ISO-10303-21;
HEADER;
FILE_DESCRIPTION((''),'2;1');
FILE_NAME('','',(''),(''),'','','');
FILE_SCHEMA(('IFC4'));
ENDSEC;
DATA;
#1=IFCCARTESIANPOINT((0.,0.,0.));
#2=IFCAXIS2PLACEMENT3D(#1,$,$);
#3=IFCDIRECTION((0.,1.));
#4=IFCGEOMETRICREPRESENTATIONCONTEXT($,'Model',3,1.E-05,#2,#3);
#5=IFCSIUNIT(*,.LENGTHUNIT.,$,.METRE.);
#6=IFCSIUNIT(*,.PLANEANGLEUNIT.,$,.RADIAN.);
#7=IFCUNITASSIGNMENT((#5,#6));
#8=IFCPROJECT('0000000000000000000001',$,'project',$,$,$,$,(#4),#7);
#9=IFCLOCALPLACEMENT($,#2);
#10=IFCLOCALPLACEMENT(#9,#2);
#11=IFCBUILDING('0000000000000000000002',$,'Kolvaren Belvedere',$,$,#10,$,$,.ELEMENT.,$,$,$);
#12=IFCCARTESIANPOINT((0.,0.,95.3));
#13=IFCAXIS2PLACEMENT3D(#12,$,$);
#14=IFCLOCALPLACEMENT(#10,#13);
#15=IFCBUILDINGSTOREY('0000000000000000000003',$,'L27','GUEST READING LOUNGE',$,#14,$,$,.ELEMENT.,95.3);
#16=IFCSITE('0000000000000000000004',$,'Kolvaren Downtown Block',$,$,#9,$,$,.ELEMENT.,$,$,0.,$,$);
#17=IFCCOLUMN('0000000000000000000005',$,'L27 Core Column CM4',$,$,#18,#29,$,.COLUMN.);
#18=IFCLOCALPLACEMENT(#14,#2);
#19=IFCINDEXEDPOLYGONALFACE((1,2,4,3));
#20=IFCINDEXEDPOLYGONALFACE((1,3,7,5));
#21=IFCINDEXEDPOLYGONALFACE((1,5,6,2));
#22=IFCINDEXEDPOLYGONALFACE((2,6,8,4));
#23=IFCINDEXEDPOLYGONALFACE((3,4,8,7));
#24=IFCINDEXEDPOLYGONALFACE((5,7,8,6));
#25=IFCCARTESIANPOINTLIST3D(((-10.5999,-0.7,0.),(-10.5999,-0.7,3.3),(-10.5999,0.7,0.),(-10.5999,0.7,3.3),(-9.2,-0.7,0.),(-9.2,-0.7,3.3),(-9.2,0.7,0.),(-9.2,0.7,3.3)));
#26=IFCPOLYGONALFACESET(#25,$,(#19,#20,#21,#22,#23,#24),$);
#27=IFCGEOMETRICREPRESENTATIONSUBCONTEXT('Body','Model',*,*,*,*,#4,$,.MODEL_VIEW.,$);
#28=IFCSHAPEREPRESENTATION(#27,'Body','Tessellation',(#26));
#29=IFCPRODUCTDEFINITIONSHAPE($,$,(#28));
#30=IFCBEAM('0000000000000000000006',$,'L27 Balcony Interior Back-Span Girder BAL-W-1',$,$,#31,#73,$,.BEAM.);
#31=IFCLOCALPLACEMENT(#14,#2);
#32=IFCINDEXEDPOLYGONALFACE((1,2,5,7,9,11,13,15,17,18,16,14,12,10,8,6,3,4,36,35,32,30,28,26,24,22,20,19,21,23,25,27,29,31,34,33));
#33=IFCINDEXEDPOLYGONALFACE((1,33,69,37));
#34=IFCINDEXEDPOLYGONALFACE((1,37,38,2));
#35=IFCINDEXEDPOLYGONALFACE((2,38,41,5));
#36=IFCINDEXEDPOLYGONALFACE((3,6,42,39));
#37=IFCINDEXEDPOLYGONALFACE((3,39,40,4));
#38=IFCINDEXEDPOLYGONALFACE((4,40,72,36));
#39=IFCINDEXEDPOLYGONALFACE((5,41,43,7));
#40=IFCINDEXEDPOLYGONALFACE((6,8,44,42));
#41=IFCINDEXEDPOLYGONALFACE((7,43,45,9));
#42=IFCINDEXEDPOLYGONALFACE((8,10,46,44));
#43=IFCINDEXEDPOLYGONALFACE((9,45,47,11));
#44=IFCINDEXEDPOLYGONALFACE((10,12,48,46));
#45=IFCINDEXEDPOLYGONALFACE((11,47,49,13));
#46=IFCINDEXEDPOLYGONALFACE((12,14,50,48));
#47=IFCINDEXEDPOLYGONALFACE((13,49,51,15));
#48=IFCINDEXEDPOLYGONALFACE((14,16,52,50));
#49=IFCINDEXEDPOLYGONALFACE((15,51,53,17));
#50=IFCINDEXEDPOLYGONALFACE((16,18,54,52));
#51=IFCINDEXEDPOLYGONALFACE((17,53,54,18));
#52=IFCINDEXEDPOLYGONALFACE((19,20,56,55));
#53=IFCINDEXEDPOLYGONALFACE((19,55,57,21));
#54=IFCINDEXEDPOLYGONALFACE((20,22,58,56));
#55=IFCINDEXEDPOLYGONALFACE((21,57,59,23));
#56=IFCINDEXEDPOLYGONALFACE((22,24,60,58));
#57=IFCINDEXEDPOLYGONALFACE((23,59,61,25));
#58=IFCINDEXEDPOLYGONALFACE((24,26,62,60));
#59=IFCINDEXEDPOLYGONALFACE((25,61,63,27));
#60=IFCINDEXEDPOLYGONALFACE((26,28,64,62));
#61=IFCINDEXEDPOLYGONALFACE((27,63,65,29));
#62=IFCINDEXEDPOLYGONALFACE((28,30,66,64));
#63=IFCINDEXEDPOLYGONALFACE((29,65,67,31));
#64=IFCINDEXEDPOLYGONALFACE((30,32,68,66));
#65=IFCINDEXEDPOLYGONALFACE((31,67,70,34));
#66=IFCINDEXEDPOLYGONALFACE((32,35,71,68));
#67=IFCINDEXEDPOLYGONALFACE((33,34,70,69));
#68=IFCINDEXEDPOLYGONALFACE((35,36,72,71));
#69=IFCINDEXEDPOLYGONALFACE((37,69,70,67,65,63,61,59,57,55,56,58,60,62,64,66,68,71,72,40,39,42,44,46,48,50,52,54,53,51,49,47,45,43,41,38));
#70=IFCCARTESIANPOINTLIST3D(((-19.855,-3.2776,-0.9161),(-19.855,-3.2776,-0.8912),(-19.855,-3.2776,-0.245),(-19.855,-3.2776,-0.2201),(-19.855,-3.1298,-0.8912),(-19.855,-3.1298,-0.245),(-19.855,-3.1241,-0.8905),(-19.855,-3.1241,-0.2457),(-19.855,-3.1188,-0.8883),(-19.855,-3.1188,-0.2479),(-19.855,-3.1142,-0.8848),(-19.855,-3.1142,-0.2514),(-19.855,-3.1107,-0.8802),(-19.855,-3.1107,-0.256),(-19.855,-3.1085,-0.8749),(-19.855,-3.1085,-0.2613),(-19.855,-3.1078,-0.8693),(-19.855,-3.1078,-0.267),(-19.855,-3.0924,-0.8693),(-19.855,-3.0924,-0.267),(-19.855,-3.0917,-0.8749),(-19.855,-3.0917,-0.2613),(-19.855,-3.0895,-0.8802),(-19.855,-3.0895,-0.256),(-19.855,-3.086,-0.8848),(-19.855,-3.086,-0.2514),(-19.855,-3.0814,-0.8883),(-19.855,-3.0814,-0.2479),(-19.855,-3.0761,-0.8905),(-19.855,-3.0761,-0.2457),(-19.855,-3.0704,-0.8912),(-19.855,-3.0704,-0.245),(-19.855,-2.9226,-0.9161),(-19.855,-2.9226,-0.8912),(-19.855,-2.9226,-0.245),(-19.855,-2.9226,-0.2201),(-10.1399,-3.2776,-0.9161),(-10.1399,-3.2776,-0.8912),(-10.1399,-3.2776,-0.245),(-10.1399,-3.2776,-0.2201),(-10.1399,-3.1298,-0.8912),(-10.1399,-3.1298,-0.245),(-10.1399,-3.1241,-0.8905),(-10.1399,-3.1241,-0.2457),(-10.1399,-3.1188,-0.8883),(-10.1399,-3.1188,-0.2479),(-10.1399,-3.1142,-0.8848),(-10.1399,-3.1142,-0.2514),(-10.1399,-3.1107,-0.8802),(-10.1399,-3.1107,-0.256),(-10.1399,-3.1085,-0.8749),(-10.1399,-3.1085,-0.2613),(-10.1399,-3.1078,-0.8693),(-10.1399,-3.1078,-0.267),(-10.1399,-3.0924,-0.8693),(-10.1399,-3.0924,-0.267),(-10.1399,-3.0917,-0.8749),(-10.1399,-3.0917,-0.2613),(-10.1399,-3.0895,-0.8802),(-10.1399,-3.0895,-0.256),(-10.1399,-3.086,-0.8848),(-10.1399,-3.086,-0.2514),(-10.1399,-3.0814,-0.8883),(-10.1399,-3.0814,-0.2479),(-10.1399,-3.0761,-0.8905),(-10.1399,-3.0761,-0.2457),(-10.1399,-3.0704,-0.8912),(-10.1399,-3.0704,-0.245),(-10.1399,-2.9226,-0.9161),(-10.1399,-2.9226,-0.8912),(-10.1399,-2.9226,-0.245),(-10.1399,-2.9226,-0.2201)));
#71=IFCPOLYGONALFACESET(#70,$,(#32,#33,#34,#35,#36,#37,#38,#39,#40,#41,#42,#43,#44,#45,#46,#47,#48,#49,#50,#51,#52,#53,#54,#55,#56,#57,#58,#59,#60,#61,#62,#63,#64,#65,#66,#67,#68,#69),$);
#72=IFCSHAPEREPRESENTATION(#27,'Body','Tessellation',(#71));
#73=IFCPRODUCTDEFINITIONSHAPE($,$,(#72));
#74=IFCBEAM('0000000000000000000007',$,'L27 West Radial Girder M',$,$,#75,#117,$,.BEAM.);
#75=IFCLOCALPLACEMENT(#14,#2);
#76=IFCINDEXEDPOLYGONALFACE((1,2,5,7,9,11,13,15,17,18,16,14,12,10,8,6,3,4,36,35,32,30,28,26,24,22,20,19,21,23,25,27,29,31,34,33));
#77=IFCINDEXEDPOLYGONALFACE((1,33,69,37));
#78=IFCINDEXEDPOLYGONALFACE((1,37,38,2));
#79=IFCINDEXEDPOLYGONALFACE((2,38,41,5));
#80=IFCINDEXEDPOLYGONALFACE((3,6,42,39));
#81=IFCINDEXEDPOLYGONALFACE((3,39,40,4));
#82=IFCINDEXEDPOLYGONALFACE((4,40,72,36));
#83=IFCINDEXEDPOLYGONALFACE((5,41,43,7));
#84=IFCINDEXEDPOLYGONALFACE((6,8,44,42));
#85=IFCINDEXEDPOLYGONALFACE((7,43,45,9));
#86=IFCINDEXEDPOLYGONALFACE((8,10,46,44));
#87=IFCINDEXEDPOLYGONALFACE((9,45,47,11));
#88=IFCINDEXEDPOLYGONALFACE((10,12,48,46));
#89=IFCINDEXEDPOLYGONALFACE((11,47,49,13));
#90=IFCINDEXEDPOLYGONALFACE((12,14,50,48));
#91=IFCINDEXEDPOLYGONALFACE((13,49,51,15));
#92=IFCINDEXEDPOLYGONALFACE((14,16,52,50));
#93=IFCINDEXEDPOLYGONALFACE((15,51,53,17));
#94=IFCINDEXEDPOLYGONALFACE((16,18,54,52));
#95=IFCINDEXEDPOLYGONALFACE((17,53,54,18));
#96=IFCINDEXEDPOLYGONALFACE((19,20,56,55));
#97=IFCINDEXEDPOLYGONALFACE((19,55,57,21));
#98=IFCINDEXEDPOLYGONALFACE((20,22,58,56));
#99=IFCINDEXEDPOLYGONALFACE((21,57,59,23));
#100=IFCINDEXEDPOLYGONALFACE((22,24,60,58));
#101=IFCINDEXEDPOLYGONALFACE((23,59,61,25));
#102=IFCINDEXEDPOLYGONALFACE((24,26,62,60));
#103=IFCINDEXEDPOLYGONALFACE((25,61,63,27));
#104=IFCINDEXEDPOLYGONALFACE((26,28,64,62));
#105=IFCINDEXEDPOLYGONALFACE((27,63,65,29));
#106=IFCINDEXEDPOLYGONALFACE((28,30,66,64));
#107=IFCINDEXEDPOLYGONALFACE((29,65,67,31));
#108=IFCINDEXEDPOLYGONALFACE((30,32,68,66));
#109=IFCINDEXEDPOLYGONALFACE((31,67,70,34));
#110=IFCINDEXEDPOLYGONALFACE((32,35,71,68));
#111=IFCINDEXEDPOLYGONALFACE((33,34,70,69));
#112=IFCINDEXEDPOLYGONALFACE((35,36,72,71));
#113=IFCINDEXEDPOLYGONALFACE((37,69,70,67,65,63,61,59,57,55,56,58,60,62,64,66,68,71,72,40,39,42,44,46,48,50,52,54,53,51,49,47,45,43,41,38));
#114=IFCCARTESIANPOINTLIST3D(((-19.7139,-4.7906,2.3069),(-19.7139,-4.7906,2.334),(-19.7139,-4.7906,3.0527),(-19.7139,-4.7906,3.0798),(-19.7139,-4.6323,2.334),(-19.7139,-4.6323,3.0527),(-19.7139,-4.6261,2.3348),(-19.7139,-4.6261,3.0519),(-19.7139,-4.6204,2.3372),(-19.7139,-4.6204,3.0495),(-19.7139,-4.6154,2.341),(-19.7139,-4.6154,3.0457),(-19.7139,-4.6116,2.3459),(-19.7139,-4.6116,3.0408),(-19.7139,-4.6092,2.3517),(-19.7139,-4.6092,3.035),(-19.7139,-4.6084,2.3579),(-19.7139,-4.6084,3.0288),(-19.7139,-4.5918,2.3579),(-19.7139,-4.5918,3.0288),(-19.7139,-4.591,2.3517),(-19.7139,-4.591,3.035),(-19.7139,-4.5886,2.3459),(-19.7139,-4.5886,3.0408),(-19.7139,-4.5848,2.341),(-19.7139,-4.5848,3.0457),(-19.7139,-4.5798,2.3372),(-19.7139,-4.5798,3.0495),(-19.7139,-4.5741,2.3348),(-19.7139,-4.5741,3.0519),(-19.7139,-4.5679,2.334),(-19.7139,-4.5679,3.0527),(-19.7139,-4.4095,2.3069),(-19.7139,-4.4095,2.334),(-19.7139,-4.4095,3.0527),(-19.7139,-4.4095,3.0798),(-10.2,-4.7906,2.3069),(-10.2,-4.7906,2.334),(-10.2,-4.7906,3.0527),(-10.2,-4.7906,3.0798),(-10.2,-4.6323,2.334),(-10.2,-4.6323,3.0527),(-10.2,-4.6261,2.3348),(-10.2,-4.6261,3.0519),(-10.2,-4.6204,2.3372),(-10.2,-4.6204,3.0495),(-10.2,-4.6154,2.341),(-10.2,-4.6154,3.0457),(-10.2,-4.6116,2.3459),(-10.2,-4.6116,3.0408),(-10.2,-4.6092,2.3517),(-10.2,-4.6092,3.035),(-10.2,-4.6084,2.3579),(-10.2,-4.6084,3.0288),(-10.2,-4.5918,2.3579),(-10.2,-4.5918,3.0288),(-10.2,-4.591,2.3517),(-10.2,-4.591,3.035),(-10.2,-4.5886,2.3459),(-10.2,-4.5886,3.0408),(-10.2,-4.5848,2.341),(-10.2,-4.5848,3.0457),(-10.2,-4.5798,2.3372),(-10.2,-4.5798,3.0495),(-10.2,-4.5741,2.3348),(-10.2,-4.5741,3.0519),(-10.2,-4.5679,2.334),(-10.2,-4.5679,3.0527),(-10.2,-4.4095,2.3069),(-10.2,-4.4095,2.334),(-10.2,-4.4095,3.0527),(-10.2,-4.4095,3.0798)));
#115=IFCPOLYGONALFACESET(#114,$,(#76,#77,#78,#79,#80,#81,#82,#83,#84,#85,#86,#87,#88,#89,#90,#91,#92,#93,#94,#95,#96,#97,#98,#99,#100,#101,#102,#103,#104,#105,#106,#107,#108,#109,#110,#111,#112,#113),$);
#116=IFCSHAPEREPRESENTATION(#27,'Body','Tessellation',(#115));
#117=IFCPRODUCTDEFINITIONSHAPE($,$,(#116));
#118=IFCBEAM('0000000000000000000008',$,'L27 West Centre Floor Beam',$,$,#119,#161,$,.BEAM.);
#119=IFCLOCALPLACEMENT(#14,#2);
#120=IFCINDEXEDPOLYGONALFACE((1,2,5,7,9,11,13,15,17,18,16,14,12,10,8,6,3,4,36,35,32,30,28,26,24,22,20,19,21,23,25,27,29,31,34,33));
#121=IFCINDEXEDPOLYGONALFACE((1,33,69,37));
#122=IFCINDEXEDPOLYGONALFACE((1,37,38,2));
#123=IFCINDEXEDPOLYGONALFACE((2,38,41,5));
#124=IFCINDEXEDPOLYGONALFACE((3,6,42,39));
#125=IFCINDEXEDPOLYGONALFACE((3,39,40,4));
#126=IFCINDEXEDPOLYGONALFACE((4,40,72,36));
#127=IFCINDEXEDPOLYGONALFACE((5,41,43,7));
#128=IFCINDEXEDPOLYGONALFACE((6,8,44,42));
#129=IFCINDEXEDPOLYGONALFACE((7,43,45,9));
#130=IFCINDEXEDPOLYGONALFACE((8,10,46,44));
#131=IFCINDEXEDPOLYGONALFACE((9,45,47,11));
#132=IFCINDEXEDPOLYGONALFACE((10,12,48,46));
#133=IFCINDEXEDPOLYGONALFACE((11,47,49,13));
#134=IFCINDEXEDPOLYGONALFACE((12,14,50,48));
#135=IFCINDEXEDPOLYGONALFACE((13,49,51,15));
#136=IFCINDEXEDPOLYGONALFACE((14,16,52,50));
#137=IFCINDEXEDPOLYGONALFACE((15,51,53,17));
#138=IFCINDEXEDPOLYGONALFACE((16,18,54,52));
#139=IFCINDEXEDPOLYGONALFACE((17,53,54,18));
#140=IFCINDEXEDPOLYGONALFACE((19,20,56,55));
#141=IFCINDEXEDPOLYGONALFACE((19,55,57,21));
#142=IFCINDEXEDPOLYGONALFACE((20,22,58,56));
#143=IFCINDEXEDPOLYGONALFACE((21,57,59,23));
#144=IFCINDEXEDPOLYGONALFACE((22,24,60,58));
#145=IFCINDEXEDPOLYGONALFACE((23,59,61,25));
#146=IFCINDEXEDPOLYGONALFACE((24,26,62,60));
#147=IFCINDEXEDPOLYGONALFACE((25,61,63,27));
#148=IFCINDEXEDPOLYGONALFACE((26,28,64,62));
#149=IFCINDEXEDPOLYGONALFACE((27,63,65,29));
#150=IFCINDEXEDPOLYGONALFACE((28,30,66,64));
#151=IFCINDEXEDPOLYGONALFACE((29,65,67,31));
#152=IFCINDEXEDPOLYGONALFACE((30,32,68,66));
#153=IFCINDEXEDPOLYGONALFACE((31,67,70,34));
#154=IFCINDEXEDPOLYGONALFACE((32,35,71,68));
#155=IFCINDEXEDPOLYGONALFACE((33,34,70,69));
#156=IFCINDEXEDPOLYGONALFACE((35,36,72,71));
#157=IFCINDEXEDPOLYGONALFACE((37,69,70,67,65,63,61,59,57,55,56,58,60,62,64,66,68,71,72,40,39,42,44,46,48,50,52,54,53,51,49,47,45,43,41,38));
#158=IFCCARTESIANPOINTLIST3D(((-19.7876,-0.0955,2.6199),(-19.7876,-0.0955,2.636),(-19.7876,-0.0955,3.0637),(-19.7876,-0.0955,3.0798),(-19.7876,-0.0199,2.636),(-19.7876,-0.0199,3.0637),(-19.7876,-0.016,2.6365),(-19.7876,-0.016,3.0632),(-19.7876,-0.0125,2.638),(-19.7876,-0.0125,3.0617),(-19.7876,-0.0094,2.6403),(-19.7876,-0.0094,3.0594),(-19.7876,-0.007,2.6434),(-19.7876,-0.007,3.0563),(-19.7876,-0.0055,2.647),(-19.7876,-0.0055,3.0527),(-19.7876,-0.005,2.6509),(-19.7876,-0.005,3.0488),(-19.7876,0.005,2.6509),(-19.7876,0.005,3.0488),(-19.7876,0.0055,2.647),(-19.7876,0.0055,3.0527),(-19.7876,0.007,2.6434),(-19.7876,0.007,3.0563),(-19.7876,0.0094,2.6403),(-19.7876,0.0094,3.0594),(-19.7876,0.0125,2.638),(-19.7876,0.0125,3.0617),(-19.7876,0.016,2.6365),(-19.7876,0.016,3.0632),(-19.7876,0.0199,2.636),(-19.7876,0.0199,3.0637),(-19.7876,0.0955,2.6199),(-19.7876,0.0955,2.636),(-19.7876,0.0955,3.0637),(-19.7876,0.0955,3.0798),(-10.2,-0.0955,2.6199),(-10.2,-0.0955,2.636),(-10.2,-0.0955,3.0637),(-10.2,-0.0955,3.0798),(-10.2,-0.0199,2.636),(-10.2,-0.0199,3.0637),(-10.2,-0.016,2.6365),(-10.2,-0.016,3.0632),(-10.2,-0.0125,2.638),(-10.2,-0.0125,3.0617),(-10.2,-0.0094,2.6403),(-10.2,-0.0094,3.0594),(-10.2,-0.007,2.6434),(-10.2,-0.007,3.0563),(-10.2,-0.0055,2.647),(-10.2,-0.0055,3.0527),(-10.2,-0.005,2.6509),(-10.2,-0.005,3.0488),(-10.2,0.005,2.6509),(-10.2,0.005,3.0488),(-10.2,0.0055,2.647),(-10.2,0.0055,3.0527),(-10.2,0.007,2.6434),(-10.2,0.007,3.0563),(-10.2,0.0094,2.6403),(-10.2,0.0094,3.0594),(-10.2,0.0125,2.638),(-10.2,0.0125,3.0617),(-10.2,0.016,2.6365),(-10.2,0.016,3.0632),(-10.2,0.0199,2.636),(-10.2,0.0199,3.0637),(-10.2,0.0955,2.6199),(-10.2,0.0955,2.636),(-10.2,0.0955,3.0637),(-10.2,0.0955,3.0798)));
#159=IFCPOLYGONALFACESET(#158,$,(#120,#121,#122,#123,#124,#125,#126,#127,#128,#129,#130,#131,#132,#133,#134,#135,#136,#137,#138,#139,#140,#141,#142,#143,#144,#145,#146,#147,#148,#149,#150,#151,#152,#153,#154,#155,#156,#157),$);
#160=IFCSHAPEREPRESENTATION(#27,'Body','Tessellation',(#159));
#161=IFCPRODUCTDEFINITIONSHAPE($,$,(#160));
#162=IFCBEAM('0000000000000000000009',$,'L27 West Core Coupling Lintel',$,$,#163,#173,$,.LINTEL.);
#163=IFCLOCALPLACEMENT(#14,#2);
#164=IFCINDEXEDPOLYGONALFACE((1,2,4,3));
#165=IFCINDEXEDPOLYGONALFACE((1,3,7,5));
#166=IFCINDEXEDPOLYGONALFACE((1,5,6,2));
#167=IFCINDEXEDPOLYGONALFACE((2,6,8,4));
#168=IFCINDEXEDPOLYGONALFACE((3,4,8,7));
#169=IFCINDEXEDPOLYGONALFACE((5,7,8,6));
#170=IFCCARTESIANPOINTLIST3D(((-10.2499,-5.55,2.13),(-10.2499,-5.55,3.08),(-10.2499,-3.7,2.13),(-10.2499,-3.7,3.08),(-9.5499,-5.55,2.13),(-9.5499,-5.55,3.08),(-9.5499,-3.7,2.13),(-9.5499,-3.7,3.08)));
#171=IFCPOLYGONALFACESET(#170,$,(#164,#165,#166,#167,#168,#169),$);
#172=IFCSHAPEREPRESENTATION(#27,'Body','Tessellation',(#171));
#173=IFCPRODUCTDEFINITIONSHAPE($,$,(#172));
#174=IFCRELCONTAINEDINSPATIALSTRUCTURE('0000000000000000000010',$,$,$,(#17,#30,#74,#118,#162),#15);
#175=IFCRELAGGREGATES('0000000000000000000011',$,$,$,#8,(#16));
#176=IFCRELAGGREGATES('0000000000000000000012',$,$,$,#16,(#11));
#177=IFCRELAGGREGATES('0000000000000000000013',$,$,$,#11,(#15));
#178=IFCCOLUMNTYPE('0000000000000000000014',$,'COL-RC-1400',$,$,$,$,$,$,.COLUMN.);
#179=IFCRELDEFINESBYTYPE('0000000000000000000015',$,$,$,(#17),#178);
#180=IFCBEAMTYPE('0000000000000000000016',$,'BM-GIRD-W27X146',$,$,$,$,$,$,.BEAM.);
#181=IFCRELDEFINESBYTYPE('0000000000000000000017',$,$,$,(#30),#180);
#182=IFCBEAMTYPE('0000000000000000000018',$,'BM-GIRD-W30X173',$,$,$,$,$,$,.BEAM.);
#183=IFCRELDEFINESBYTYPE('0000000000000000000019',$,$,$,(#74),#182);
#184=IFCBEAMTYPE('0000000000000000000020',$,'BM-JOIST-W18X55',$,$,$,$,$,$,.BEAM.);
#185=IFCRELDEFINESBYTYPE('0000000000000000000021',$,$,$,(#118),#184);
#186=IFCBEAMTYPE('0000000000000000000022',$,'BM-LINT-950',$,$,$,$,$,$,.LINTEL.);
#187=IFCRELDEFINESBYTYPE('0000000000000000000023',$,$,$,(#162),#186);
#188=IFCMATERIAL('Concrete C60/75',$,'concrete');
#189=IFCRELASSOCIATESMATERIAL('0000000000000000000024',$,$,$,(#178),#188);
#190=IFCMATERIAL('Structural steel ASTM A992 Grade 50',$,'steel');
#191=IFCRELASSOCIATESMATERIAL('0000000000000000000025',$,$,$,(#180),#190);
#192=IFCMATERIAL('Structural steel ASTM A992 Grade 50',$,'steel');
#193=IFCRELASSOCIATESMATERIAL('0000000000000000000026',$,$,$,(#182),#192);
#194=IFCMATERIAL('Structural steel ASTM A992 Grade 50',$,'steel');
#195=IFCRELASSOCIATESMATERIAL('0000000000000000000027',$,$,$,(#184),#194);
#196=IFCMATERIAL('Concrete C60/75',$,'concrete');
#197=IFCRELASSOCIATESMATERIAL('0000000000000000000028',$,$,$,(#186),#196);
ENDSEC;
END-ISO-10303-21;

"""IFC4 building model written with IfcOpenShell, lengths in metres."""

from ifc_helpers import new_model, si_unit, direction, frame, origin, origin_2d, place, context, subcontext, project, spatial, rectangle, i_section, extrude, material, material_profile, profile_set, type_object, element, save


model = new_model("IFC4")

# Units and contexts
model_context = context("Model", 3, precision=1e-05, world=origin(), true_north=direction((0.0, 1.0)))
body_context = subcontext(model_context, "Body", "Model", "MODEL_VIEW")
ifc_project = project(units=[si_unit("LENGTHUNIT", "METRE"), si_unit("PLANEANGLEUNIT", "RADIAN")], contexts=[model_context])

# Site, building, storey
site_placement = place(None, origin())
site = spatial("IfcSite", under=ifc_project, at=site_placement, Name="Kolvaren Downtown Block", CompositionType="ELEMENT", RefElevation=0.0)
building_placement = place(site_placement, origin())
building = spatial("IfcBuilding", under=site, at=building_placement, Name="Kolvaren Belvedere", CompositionType="ELEMENT")
storey_placement = place(building_placement, frame((0.0, 0.0, 95.3)))
storey = spatial("IfcBuildingStorey", under=building, at=storey_placement, Name="L27", Description="GUEST READING LOUNGE", CompositionType="ELEMENT", Elevation=95.3)

# Column
ifc_material_1 = material(Name="Concrete C60/75", Category="concrete")
ifc_material_profile_1 = material_profile(ifc_material_1, rectangle(XDim=1.3999, YDim=1.3999, at=origin_2d()), Name="RC 1400X1400")
ifc_profile_set_1 = profile_set([ifc_material_profile_1], Name="Concrete C60/75")
column_type = type_object("IfcColumnType", Name="COL-RC-1400", PredefinedType="COLUMN", material=ifc_profile_set_1)
column_placement = place(storey_placement, frame((-9.8999, 0.0, 0.0), z_axis=(0.0, 0.0, 1.0), x_axis=(1.0, 0.0, 0.0)))
element("IfcColumn", 1, at=column_placement, inside=storey, type_object=column_type, Name="L27 Core Column CM4", PredefinedType="COLUMN", context=body_context, shape_type="SweptSolid", body=[
    extrude(rectangle(XDim=1.3999, YDim=1.3999, at=origin_2d()), origin(), (0.0, 0.0, 1.0), 3.3),
])

# Beams
ifc_material_2 = material(Name="Structural steel ASTM A992 Grade 50", Category="steel")
ifc_material_profile_2 = material_profile(ifc_material_2, i_section(OverallWidth=0.355, OverallDepth=0.696, WebThickness=0.0154, FlangeThickness=0.0249, FilletRadius=0.022, at=origin_2d()), Name="W27X146")
ifc_profile_set_2 = profile_set([ifc_material_profile_2], Name="Structural steel ASTM A992 Grade 50")
beam_type_1 = type_object("IfcBeamType", Name="BM-GIRD-W27X146", PredefinedType="BEAM", material=ifc_profile_set_2)
beam_1_placement = place(storey_placement, frame((-10.1399, -3.1001, -0.5681), z_axis=(-1.0, 0.0, 0.0), x_axis=(0.0, -1.0, 0.0)))
element("IfcBeam", 2, at=beam_1_placement, inside=storey, type_object=beam_type_1, Name="L27 Balcony Interior Back-Span Girder BAL-W-1", PredefinedType="BEAM", context=body_context, shape_type="SweptSolid", body=[
    extrude(i_section(OverallWidth=0.355, OverallDepth=0.696, WebThickness=0.0154, FlangeThickness=0.0249, FilletRadius=0.022, at=origin_2d()), origin(), (0.0, 0.0, 1.0), 9.7151),
])
ifc_material_3 = material(Name="Structural steel ASTM A992 Grade 50", Category="steel")
ifc_material_profile_3 = material_profile(ifc_material_3, i_section(OverallWidth=0.3811, OverallDepth=0.7729, WebThickness=0.0166, FlangeThickness=0.0271, FilletRadius=0.0239, at=origin_2d()), Name="W30X173")
ifc_profile_set_3 = profile_set([ifc_material_profile_3], Name="Structural steel ASTM A992 Grade 50")
beam_type_2 = type_object("IfcBeamType", Name="BM-GIRD-W30X173", PredefinedType="BEAM", material=ifc_profile_set_3)
beam_2_placement = place(storey_placement, frame((-10.2, -4.6001, 2.6934), z_axis=(-1.0, 0.0, 0.0), x_axis=(0.0, -1.0, 0.0)))
element("IfcBeam", 3, at=beam_2_placement, inside=storey, type_object=beam_type_2, Name="L27 West Radial Girder M", PredefinedType="BEAM", context=body_context, shape_type="SweptSolid", body=[
    extrude(i_section(OverallWidth=0.3811, OverallDepth=0.7729, WebThickness=0.0166, FlangeThickness=0.0271, FilletRadius=0.0239, at=origin_2d()), origin(), (0.0, 0.0, 1.0), 9.5139),
])
ifc_material_4 = material(Name="Structural steel ASTM A992 Grade 50", Category="steel")
ifc_material_profile_4 = material_profile(ifc_material_4, i_section(OverallWidth=0.1909, OverallDepth=0.46, WebThickness=0.01, FlangeThickness=0.0161, FilletRadius=0.0149, at=origin_2d()), Name="W18X55")
ifc_profile_set_4 = profile_set([ifc_material_profile_4], Name="Structural steel ASTM A992 Grade 50")
beam_type_3 = type_object("IfcBeamType", Name="BM-JOIST-W18X55", PredefinedType="BEAM", material=ifc_profile_set_4)
beam_3_placement = place(storey_placement, frame((-10.2, 0.0, 2.8499), z_axis=(-1.0, 0.0, 0.0), x_axis=(0.0, -1.0, 0.0)))
element("IfcBeam", 4, at=beam_3_placement, inside=storey, type_object=beam_type_3, Name="L27 West Centre Floor Beam", PredefinedType="BEAM", context=body_context, shape_type="SweptSolid", body=[
    extrude(i_section(OverallWidth=0.1909, OverallDepth=0.46, WebThickness=0.01, FlangeThickness=0.0161, FilletRadius=0.0149, at=origin_2d()), origin(), (0.0, 0.0, 1.0), 9.5876),
])
ifc_material_5 = material(Name="Concrete C60/75", Category="concrete")
ifc_material_profile_5 = material_profile(ifc_material_5, rectangle(XDim=0.7, YDim=0.95, at=origin_2d()), Name="RC 700X950")
ifc_profile_set_5 = profile_set([ifc_material_profile_5], Name="Concrete C60/75")
beam_type_4 = type_object("IfcBeamType", Name="BM-LINT-950", PredefinedType="LINTEL", material=ifc_profile_set_5)
beam_4_placement = place(storey_placement, frame((-9.8999, -5.55, 2.605), z_axis=(0.0, 1.0, 0.0), x_axis=(-1.0, 0.0, 0.0)))
element("IfcBeam", 5, at=beam_4_placement, inside=storey, type_object=beam_type_4, Name="L27 West Core Coupling Lintel", PredefinedType="LINTEL", context=body_context, shape_type="SweptSolid", body=[
    extrude(rectangle(XDim=0.7, YDim=0.95, at=origin_2d()), origin(), (0.0, 0.0, 1.0), 1.8501),
])

save(model, "model.ifc")
